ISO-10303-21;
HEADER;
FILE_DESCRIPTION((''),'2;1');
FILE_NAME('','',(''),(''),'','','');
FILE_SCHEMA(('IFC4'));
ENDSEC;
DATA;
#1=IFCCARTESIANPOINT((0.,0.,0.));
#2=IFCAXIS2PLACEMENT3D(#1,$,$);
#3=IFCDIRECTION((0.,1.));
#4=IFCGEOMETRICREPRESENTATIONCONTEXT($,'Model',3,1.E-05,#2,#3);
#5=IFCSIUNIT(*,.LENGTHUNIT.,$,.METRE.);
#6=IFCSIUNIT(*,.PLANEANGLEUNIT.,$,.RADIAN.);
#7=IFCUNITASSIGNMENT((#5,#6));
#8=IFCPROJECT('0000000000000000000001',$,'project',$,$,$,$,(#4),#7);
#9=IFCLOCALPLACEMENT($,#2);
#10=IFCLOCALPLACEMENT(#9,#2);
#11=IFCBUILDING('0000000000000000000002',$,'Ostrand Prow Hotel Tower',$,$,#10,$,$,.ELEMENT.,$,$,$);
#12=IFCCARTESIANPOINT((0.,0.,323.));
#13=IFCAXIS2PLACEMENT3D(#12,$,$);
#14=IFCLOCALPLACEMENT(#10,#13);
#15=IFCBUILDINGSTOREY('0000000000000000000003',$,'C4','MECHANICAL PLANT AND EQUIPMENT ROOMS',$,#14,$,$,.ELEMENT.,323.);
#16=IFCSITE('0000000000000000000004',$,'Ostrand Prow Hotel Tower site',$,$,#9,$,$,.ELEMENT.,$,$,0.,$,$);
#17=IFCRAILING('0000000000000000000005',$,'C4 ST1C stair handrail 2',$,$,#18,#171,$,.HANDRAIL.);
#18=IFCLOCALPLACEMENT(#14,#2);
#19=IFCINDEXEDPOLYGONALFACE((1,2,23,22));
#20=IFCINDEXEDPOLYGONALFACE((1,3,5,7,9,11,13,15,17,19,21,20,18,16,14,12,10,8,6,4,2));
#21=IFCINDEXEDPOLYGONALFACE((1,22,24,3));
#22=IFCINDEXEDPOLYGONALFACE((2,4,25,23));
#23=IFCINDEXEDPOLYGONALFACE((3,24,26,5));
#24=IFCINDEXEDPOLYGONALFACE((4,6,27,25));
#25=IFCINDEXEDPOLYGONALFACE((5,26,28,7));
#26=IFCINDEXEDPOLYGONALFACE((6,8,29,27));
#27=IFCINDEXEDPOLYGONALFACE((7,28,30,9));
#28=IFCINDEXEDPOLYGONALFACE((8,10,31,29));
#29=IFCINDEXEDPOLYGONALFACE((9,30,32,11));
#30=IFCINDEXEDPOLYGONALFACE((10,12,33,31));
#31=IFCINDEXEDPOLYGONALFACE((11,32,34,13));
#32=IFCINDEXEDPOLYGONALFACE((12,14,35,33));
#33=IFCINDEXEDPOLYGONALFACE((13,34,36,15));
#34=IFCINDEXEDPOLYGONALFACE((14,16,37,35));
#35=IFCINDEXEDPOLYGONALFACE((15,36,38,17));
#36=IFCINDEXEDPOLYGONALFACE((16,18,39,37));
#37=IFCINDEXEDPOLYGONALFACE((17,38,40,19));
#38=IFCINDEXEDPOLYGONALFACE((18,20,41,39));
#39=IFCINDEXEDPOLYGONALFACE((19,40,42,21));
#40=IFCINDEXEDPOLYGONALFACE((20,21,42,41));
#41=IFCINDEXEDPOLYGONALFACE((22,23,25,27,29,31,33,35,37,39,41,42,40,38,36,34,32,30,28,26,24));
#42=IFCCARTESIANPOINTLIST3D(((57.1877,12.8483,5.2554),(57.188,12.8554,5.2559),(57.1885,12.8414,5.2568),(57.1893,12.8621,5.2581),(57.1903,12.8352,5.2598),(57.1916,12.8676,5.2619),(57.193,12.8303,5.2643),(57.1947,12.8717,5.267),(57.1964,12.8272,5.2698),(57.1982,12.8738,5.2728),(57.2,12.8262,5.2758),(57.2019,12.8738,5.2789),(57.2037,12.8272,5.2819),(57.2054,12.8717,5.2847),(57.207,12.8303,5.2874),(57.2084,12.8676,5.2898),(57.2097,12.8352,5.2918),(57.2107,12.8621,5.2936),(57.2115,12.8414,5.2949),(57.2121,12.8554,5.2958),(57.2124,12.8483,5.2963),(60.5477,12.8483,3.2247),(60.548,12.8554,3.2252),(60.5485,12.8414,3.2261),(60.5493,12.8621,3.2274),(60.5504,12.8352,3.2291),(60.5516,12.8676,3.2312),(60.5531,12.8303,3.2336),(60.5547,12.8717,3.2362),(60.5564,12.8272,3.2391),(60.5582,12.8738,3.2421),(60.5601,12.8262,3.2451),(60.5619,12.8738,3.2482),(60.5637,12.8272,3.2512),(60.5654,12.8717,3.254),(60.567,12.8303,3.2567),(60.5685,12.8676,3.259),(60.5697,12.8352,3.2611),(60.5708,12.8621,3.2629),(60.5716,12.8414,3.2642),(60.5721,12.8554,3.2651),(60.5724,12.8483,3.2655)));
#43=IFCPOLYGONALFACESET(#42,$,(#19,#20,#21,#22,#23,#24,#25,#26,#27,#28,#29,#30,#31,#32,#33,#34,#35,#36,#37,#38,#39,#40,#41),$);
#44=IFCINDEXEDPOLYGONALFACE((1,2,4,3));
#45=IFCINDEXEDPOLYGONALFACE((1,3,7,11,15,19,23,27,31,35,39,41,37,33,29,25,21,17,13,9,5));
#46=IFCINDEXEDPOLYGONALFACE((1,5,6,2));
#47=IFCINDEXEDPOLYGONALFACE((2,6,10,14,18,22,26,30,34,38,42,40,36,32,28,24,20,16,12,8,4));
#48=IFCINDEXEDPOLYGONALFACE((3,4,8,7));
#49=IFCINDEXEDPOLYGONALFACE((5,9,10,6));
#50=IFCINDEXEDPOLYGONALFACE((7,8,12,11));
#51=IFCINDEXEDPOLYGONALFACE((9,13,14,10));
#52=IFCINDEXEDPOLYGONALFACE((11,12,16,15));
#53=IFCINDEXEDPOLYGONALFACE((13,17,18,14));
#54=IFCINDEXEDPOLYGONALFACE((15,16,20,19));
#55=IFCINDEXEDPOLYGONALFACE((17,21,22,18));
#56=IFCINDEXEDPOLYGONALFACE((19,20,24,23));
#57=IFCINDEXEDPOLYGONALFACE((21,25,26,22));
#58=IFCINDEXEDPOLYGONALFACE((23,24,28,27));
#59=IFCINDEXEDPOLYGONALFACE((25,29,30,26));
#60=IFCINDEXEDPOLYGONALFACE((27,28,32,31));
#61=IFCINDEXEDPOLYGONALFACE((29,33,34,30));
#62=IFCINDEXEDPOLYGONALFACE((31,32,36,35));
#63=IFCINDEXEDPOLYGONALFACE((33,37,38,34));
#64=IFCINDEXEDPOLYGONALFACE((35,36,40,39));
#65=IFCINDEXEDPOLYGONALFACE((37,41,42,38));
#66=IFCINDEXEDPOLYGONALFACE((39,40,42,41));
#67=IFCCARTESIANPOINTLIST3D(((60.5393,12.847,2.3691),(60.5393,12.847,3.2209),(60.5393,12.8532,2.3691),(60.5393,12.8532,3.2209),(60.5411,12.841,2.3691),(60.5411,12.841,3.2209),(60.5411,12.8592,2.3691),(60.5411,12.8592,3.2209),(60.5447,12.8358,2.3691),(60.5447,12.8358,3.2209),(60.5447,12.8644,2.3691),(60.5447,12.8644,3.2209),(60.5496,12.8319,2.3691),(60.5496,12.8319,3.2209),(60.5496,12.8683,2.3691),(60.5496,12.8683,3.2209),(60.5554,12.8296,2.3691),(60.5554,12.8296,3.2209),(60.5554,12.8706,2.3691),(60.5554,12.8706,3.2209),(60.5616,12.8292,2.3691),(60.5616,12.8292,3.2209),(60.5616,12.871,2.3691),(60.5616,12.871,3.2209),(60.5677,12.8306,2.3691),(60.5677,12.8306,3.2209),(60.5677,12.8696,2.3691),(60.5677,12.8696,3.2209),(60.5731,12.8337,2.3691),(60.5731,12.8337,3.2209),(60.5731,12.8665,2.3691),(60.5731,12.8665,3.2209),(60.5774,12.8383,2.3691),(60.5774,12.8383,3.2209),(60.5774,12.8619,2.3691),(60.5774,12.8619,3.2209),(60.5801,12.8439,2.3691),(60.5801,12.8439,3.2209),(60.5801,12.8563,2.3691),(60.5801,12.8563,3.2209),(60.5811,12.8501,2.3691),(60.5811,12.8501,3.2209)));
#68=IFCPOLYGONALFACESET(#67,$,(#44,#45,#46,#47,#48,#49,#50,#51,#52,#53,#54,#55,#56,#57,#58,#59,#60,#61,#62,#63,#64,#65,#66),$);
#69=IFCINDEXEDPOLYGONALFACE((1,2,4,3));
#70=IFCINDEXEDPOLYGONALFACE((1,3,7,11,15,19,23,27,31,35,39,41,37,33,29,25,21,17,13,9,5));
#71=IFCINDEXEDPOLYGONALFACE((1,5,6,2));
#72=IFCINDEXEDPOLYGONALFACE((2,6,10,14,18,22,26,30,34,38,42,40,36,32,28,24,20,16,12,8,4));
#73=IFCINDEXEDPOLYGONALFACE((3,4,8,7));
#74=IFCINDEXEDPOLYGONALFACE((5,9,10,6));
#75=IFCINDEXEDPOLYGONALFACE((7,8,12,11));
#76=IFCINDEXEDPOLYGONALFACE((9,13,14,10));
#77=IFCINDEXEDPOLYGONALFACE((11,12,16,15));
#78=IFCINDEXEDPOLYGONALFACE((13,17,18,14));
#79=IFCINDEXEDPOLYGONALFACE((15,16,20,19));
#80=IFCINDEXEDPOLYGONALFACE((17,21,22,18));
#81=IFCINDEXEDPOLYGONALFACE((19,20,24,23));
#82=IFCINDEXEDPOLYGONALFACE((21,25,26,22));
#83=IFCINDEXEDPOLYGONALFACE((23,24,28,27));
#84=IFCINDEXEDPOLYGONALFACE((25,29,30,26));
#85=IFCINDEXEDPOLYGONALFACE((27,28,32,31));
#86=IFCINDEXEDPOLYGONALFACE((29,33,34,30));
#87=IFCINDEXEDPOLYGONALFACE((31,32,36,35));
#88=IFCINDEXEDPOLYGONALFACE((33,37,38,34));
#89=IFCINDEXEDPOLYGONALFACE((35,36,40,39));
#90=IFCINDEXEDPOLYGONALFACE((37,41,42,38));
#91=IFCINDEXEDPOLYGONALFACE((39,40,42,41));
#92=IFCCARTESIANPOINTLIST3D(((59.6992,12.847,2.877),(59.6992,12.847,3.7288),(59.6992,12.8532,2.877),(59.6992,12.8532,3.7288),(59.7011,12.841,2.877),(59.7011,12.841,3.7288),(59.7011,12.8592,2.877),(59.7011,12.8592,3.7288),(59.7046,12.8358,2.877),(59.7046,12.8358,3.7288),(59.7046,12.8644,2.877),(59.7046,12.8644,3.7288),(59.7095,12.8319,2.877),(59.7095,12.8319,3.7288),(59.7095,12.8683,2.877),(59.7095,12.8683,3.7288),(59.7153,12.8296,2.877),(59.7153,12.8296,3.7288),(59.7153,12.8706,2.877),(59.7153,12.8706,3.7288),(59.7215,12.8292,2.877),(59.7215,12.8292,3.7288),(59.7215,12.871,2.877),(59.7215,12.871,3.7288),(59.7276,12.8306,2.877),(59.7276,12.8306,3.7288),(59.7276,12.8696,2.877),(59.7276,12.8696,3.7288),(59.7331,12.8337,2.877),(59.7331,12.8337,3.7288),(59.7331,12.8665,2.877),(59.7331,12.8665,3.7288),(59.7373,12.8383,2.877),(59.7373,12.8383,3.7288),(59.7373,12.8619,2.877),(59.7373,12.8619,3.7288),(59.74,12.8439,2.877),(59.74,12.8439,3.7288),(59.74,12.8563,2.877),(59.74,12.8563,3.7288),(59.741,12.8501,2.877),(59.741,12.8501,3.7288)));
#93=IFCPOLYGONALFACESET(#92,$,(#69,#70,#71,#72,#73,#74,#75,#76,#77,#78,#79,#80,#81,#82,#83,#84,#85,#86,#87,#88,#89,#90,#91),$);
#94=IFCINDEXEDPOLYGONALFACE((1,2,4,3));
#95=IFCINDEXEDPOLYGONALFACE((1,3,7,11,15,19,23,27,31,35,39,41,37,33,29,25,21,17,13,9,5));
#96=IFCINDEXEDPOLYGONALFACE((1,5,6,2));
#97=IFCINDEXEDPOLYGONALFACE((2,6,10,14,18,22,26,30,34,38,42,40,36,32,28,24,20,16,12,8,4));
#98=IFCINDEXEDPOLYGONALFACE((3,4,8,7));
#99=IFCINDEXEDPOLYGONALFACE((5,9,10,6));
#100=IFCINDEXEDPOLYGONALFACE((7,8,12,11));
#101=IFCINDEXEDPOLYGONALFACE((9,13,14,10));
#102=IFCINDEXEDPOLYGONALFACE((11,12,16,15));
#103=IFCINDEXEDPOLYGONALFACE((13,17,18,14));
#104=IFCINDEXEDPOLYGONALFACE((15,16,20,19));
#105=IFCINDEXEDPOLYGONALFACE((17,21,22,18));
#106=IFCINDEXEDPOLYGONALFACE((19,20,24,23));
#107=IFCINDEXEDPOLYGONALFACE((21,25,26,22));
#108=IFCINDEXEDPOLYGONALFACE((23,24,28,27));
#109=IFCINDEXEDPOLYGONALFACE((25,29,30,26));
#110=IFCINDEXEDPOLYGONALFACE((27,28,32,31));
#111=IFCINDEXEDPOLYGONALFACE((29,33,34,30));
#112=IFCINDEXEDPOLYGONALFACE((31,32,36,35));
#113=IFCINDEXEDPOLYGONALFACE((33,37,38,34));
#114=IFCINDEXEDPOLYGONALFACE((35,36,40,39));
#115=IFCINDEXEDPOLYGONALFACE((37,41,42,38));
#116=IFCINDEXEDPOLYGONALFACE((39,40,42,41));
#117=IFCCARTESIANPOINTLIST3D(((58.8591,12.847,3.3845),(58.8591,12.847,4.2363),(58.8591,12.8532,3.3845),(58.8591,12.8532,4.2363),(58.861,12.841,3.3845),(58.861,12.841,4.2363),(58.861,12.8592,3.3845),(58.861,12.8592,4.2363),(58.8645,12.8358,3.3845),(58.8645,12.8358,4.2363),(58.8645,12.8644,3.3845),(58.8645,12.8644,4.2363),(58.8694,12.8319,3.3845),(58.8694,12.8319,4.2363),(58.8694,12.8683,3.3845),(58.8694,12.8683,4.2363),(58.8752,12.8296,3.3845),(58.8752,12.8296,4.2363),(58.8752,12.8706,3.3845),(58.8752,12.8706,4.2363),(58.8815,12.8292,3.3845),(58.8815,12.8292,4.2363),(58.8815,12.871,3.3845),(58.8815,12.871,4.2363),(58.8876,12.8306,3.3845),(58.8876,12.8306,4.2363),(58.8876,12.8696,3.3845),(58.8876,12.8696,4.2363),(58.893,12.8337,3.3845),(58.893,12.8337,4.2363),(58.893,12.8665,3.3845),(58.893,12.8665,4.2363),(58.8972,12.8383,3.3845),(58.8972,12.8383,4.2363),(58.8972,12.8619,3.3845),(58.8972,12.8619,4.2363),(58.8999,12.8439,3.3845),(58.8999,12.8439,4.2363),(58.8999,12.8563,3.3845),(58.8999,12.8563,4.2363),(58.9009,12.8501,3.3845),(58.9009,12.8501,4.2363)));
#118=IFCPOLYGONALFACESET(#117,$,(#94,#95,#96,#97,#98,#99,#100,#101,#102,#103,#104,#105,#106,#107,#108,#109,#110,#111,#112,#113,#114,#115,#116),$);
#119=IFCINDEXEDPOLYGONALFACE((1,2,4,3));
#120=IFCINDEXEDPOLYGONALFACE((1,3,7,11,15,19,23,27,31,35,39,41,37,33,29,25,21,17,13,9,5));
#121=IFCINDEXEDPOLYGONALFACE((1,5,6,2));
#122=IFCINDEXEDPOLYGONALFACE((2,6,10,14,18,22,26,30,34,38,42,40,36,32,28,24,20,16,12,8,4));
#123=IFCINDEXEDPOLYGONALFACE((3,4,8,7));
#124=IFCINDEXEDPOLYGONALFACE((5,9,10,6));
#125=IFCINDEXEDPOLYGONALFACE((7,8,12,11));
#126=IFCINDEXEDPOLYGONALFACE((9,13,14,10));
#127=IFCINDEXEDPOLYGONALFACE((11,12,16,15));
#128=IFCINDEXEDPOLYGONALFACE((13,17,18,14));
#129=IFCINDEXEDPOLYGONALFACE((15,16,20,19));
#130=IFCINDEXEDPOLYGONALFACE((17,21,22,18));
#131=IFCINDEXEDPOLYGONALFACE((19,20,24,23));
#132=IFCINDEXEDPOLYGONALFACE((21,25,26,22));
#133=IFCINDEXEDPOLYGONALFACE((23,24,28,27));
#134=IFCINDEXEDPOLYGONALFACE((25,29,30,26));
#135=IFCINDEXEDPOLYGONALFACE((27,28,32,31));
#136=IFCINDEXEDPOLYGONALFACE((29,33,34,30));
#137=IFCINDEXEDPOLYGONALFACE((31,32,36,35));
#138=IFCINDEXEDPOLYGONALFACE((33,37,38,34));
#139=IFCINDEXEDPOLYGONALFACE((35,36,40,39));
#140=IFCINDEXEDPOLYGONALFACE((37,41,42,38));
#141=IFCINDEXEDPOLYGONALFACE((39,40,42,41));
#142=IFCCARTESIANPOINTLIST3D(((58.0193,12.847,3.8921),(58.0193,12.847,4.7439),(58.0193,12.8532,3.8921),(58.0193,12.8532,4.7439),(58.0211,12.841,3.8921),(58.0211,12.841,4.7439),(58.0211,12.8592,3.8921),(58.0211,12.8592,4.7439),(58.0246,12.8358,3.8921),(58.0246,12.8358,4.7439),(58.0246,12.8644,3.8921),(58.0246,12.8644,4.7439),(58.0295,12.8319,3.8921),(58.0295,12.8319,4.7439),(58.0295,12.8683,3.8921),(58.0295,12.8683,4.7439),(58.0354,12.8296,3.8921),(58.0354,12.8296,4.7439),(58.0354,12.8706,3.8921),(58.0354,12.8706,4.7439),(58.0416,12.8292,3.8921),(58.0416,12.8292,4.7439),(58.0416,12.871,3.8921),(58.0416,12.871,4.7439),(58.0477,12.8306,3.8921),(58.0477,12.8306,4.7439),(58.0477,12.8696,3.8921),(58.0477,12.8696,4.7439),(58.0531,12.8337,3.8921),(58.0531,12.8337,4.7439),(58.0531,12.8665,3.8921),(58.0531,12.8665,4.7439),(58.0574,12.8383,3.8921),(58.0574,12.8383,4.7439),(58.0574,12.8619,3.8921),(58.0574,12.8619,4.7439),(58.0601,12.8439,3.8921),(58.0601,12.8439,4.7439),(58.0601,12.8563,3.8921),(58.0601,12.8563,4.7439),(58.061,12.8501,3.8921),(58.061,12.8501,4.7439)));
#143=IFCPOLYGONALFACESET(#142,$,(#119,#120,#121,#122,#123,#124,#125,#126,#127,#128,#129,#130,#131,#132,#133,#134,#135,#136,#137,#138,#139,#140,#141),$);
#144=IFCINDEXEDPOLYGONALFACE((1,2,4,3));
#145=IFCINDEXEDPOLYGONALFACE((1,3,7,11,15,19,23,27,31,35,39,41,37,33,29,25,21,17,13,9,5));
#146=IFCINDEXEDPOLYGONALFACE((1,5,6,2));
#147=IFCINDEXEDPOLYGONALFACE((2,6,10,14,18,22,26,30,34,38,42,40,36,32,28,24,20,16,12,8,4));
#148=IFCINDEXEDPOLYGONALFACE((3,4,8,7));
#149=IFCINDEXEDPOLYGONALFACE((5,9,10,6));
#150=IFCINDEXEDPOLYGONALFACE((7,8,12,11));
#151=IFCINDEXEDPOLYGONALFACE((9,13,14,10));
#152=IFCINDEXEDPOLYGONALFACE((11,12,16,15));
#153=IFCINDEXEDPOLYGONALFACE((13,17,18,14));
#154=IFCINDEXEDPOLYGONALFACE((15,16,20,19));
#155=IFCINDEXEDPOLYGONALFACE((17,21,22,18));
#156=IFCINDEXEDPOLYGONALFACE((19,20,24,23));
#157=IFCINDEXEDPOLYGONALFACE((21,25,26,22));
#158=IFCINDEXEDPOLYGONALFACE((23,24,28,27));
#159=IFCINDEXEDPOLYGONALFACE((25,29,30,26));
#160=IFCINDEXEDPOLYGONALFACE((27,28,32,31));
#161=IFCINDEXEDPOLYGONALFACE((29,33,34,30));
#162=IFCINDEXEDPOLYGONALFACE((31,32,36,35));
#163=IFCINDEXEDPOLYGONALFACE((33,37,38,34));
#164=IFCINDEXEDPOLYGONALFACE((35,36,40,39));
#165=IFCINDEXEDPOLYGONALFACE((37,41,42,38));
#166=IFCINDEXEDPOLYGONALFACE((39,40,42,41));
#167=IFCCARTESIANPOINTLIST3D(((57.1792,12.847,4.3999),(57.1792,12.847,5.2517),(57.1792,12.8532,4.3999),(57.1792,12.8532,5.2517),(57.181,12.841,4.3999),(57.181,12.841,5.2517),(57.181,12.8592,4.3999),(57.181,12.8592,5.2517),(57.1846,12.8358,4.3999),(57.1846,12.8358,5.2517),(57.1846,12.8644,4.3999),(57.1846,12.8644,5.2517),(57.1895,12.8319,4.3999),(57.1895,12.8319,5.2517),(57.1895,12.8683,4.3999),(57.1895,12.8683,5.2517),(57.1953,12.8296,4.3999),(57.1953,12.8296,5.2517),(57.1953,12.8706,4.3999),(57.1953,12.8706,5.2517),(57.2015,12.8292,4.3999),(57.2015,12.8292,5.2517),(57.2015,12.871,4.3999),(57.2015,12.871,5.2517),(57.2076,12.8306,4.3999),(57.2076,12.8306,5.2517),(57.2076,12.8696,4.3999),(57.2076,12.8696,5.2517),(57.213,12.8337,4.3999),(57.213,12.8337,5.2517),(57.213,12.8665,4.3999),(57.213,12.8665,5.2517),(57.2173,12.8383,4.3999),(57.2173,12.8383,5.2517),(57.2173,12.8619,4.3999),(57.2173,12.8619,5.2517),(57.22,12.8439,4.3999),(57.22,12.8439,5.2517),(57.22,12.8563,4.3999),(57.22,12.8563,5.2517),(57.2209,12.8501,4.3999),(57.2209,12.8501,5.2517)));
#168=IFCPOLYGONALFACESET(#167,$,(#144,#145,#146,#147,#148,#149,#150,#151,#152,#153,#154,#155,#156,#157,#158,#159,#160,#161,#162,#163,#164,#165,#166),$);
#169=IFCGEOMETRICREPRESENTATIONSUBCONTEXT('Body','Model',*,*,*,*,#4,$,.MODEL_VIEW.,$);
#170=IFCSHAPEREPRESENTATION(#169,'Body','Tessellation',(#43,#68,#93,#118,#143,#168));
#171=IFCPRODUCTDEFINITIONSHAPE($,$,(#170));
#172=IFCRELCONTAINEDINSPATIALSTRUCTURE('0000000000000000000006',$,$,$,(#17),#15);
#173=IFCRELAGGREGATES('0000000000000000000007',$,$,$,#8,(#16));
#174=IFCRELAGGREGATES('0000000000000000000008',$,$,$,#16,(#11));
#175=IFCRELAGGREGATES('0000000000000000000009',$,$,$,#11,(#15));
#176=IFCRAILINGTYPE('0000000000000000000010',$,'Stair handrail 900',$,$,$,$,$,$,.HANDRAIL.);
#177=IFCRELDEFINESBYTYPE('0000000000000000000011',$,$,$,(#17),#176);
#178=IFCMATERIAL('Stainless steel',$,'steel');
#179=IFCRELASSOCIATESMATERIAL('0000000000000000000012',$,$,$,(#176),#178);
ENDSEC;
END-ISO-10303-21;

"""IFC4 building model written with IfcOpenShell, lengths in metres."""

from ifc_helpers import new_model, si_unit, direction, frame, origin, origin_2d, place, context, subcontext, project, spatial, circle, extrude, material, type_object, element, save


model = new_model("IFC4")

# Units and contexts
model_context = context("Model", 3, precision=1e-05, world=origin(), true_north=direction((0.0, 1.0)))
body_context = subcontext(model_context, "Body", "Model", "MODEL_VIEW")
ifc_project = project(units=[si_unit("LENGTHUNIT", "METRE"), si_unit("PLANEANGLEUNIT", "RADIAN")], contexts=[model_context])

# Site, building, storey
site_placement = place(None, origin())
site = spatial("IfcSite", under=ifc_project, at=site_placement, Name="Ostrand Prow Hotel Tower site", CompositionType="ELEMENT", RefElevation=0.0)
building_placement = place(site_placement, origin())
building = spatial("IfcBuilding", under=site, at=building_placement, Name="Ostrand Prow Hotel Tower", CompositionType="ELEMENT")
storey_placement = place(building_placement, frame((0.0, 0.0, 323.0)))
storey = spatial("IfcBuildingStorey", under=building, at=storey_placement, Name="C4", Description="MECHANICAL PLANT AND EQUIPMENT ROOMS", CompositionType="ELEMENT", Elevation=323.0)

# Railing
ifc_material_1 = material(Name="Stainless steel", Category="steel")
railing_type_1 = type_object("IfcRailingType", Name="Stair handrail 900", PredefinedType="HANDRAIL", material=ifc_material_1)
railing_1_placement = place(storey_placement, frame((60.5601, 12.8501, 2.3691)))
element("IfcRailing", 1, at=railing_1_placement, inside=storey, type_object=railing_type_1, Name="C4 ST1C stair handrail 2", PredefinedType="HANDRAIL", context=body_context, shape_type="SweptSolid", body=[
    extrude(circle(Radius=0.0239, at=origin_2d()), frame((0.0, 0.0, 0.876), z_axis=(-0.855837, 0.0, 0.517246), x_axis=(0.0, -1.0, 0.0)), (0.0, 0.0, 1.0), 3.926),
    extrude(circle(Radius=0.021, at=origin_2d()), origin(), (0.0, 0.0, 1.0), 0.8518),
    extrude(circle(Radius=0.021, at=origin_2d()), frame((-0.8401, 0.0, 0.5078)), (0.0, 0.0, 1.0), 0.8518),
    extrude(circle(Radius=0.021, at=origin_2d()), frame((-1.6802, 0.0, 1.0154)), (0.0, 0.0, 1.0), 0.8518),
    extrude(circle(Radius=0.021, at=origin_2d()), frame((-2.52, 0.0, 1.5229)), (0.0, 0.0, 1.0), 0.8518),
    extrude(circle(Radius=0.021, at=origin_2d()), frame((-3.3601, 0.0, 2.0308)), (0.0, 0.0, 1.0), 0.8518),
])

save(model, "model.ifc")
